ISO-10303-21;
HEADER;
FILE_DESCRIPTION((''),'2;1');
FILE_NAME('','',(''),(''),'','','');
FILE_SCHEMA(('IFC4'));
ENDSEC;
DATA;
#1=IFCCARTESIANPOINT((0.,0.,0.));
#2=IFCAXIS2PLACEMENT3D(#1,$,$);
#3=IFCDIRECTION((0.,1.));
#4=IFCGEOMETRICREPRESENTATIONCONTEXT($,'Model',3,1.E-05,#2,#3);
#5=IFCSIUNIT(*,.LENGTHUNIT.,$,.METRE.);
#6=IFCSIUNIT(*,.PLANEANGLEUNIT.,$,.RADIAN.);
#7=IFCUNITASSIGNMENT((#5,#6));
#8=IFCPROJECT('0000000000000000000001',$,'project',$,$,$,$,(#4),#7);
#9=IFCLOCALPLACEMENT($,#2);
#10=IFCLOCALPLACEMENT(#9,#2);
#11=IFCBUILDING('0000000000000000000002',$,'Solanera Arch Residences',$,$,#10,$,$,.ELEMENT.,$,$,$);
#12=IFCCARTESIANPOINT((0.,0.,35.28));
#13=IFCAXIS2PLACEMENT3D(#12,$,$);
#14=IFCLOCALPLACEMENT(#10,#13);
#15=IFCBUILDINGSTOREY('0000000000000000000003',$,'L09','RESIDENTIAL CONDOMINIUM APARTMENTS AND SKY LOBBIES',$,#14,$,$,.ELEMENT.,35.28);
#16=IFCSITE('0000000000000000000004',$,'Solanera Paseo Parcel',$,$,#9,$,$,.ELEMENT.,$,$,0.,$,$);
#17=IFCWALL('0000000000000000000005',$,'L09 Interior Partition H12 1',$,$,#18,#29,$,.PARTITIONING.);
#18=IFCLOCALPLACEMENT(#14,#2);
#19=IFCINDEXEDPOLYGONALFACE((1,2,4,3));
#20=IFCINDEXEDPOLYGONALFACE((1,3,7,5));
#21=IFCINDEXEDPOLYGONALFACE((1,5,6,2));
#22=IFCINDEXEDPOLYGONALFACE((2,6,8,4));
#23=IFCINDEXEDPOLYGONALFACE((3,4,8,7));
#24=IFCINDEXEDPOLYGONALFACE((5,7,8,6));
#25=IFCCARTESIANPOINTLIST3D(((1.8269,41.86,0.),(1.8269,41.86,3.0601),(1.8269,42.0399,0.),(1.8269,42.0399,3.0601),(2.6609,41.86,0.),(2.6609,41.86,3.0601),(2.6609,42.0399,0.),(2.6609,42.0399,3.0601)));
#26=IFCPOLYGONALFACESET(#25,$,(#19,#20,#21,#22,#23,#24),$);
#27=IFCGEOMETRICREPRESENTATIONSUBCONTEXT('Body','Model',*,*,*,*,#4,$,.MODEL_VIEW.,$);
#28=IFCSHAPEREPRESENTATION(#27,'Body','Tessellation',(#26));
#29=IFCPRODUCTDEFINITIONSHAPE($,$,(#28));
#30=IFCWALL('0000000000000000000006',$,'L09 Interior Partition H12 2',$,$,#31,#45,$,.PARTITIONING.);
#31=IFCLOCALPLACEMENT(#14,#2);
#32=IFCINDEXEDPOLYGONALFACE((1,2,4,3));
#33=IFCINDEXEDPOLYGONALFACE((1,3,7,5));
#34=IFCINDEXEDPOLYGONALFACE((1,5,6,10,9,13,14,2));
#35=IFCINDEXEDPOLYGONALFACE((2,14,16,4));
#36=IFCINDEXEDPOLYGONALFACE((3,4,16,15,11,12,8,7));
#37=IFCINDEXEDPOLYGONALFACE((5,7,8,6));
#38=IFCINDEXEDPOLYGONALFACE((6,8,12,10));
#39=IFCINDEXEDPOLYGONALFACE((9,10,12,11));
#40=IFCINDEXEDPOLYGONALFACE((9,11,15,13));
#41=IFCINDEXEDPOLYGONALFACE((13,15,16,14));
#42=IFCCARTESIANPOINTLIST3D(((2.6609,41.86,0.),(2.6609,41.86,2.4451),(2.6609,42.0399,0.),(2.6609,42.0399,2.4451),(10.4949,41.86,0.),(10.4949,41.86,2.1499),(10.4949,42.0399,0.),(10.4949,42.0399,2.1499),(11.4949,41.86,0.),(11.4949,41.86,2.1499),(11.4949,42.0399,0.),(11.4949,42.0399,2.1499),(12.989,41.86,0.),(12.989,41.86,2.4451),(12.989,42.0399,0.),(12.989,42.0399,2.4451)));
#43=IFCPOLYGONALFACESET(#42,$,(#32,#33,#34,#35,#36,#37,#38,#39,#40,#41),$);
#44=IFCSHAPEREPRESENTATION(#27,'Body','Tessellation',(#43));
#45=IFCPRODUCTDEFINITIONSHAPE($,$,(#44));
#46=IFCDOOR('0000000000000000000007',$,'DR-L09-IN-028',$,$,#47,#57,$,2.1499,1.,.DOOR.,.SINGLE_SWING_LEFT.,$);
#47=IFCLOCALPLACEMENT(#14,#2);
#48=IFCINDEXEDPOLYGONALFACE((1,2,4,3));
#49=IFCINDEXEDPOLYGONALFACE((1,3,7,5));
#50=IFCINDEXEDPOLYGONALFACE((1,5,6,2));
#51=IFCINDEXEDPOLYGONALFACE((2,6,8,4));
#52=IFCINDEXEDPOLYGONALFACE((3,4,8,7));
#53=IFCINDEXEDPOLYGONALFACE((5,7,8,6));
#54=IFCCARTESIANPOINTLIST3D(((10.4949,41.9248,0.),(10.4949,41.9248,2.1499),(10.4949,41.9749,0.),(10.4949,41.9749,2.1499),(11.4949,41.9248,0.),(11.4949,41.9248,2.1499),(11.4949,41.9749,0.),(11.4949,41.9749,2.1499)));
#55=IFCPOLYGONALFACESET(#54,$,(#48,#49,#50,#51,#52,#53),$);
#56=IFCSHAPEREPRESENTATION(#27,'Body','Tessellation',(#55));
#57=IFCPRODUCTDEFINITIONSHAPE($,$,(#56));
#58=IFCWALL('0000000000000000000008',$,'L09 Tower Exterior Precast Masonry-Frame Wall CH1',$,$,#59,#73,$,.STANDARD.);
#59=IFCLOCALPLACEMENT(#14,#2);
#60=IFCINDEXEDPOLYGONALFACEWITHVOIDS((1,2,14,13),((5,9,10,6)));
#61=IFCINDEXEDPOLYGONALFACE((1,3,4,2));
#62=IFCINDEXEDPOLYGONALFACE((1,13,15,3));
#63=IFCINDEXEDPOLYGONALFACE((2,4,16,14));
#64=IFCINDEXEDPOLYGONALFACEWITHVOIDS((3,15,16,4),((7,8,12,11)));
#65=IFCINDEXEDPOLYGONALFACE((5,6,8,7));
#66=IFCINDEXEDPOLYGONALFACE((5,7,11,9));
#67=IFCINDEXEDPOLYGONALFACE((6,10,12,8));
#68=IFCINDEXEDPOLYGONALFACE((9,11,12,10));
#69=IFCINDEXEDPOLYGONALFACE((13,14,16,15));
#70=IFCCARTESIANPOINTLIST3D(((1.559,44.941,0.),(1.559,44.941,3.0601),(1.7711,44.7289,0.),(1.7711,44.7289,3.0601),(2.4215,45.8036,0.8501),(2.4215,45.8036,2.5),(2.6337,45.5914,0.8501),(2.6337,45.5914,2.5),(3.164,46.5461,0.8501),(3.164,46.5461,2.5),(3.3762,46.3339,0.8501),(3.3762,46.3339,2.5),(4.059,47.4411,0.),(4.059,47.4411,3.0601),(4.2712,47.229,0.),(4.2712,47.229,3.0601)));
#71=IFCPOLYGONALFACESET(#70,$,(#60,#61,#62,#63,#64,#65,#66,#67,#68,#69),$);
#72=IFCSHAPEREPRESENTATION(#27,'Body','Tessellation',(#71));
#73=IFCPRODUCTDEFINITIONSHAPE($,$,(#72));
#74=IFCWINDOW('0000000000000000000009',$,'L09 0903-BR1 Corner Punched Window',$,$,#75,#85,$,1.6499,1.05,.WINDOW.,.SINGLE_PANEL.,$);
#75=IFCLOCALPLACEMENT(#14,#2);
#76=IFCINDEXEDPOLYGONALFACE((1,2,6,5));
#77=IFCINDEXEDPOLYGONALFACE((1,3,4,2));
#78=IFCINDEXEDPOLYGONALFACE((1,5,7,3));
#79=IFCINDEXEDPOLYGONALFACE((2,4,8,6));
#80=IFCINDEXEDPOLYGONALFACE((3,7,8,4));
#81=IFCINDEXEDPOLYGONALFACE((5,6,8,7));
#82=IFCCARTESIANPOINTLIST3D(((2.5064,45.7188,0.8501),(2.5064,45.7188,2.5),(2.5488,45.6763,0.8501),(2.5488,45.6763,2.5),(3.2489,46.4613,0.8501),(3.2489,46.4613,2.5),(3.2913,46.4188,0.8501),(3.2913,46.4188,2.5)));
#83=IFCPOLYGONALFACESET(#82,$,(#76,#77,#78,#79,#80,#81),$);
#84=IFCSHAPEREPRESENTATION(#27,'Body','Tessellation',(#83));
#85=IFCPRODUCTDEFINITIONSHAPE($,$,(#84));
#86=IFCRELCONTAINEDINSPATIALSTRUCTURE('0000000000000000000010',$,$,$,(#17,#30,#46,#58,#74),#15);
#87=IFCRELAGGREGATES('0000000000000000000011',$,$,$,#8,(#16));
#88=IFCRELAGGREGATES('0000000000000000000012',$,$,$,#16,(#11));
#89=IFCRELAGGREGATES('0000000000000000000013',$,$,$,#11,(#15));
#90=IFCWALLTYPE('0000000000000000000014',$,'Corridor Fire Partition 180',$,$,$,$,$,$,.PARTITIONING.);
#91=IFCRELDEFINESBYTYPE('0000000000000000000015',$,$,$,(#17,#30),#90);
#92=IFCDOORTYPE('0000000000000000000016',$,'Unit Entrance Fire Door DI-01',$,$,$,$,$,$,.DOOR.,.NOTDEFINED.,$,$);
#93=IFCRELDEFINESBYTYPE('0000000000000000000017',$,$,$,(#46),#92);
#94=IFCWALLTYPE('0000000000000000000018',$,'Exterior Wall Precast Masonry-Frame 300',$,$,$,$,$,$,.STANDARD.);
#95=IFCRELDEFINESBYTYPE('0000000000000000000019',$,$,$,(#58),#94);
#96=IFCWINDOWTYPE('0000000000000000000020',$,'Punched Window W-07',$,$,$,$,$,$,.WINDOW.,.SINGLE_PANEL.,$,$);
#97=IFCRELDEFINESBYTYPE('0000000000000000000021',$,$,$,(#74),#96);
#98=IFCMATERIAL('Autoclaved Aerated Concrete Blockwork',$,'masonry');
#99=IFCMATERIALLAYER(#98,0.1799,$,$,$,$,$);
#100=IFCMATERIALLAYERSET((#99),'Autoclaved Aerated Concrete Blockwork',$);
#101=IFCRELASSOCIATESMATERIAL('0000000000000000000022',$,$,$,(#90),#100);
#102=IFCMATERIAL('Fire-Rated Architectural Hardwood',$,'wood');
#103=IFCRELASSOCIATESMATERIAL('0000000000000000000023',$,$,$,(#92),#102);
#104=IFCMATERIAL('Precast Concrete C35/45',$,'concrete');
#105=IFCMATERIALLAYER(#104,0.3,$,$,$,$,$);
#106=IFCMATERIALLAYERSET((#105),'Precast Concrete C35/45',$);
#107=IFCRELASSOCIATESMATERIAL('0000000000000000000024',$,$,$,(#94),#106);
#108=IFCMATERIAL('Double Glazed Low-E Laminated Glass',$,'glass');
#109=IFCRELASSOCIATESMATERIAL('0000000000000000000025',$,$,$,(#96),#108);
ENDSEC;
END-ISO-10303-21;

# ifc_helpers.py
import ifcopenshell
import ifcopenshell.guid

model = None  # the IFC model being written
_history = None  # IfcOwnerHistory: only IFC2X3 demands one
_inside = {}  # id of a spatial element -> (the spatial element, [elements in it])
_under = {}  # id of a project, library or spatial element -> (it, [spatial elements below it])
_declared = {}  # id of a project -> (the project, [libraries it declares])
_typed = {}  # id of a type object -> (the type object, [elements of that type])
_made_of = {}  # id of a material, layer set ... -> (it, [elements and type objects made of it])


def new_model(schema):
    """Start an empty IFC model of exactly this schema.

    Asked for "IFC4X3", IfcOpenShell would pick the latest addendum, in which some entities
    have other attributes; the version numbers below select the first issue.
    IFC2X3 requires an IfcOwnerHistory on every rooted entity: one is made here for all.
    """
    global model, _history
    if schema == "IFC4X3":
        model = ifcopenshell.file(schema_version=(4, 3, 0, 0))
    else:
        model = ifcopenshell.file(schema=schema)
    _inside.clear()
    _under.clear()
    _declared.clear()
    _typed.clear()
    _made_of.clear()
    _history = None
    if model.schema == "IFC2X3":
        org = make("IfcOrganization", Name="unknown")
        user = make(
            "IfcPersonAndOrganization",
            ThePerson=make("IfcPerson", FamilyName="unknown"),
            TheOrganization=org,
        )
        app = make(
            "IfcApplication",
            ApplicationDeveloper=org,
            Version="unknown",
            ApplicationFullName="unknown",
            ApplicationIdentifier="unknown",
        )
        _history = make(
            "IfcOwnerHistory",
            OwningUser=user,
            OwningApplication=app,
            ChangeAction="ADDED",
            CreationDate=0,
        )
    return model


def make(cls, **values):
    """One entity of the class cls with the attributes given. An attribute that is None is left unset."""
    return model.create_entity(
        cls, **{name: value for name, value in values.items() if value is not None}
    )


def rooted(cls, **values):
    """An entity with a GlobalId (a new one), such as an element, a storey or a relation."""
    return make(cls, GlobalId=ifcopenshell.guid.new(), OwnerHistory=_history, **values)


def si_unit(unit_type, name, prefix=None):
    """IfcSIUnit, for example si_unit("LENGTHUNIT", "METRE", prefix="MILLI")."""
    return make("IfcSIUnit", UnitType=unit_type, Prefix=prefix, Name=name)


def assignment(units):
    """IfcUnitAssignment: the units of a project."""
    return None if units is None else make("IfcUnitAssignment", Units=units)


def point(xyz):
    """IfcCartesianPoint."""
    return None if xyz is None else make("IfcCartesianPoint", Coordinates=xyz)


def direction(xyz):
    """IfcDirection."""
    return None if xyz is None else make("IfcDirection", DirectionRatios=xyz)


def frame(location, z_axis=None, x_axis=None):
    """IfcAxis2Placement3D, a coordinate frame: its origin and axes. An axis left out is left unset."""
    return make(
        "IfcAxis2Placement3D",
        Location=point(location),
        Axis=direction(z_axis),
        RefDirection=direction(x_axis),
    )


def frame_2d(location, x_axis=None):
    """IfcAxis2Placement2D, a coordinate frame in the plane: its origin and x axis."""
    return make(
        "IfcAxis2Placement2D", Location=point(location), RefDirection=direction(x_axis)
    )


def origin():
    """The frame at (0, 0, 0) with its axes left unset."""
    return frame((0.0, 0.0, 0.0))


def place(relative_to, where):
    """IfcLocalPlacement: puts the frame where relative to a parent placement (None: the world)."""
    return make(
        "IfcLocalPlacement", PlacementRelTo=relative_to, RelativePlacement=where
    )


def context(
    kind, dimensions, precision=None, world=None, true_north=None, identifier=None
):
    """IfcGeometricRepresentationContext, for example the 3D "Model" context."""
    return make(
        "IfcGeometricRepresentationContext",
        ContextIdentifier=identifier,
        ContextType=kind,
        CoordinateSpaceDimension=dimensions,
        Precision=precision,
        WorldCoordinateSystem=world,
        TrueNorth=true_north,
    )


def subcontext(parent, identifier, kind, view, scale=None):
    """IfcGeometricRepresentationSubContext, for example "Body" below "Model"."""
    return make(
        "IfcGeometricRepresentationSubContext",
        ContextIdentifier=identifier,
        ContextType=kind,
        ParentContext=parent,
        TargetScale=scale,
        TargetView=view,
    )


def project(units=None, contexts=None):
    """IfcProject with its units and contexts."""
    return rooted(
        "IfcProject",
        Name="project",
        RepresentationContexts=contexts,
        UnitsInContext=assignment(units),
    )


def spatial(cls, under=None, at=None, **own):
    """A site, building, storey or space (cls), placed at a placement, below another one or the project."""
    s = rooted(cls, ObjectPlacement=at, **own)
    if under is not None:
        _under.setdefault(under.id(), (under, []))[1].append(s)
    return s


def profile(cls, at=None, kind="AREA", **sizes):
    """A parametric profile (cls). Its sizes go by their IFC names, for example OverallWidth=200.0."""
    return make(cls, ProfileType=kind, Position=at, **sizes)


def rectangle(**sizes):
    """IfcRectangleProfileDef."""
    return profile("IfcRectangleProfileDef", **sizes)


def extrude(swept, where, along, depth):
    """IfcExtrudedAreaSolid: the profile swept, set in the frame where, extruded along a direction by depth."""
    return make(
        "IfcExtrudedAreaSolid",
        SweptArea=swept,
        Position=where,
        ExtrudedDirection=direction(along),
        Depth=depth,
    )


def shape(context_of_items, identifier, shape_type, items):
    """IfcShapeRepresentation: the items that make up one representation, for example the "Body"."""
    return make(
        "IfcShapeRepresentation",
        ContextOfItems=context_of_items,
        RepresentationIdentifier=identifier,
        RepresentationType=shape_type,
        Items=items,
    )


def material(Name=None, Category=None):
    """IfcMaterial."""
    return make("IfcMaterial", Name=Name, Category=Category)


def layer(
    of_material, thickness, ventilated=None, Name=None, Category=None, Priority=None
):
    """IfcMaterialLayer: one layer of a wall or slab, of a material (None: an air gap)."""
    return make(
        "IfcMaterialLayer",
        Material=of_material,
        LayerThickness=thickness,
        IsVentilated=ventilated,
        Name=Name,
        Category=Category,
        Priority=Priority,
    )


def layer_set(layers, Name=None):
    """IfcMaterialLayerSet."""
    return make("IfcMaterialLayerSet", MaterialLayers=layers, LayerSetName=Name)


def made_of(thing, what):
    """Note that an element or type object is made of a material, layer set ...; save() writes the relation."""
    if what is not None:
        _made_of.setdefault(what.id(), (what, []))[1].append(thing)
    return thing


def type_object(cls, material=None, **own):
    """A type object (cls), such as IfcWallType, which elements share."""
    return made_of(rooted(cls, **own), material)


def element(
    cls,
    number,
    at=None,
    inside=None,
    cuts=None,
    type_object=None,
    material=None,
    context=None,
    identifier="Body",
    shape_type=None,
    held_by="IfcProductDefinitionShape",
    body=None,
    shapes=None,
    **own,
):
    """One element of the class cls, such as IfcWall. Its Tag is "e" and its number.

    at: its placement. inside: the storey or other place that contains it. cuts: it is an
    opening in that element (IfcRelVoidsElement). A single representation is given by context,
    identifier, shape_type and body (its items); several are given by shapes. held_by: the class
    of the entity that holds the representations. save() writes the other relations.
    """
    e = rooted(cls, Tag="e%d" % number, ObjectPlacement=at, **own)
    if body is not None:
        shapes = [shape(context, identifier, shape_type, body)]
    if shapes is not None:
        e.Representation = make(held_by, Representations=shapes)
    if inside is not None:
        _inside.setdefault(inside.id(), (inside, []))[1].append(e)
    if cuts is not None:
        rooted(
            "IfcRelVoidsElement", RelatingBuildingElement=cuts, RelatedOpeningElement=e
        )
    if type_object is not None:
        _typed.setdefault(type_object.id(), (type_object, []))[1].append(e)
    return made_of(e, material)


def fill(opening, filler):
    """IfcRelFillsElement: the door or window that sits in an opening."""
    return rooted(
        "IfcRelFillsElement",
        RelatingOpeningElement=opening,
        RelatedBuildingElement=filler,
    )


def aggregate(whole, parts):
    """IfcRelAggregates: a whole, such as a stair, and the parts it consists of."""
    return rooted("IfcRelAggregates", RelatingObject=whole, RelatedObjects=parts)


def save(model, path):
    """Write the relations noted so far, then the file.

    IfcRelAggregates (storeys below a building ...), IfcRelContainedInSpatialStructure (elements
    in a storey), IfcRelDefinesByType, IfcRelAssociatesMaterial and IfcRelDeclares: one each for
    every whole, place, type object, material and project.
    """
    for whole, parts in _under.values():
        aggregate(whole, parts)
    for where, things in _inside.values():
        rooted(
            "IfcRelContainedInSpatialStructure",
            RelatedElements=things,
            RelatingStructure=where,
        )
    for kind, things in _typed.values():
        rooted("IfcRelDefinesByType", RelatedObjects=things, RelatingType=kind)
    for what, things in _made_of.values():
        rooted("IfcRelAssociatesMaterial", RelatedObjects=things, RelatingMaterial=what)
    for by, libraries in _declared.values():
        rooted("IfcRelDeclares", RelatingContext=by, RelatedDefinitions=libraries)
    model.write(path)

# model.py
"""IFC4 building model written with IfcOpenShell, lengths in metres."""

from ifc_helpers import new_model, si_unit, direction, frame, frame_2d, origin, place, context, subcontext, project, spatial, rectangle, extrude, material, layer, layer_set, type_object, element, fill, save


model = new_model("IFC4")

# Units and contexts
model_context = context("Model", 3, precision=1e-05, world=origin(), true_north=direction((0.0, 1.0)))
body_context = subcontext(model_context, "Body", "Model", "MODEL_VIEW")
ifc_project = project(units=[si_unit("LENGTHUNIT", "METRE"), si_unit("PLANEANGLEUNIT", "RADIAN")], contexts=[model_context])

# Site, building, storey
site_placement = place(None, origin())
site = spatial("IfcSite", under=ifc_project, at=site_placement, Name="Solanera Paseo Parcel", CompositionType="ELEMENT", RefElevation=0.0)
building_placement = place(site_placement, origin())
building = spatial("IfcBuilding", under=site, at=building_placement, Name="Solanera Arch Residences", CompositionType="ELEMENT")
storey_placement = place(building_placement, frame((0.0, 0.0, 35.28)))
storey = spatial("IfcBuildingStorey", under=building, at=storey_placement, Name="L09", Description="RESIDENTIAL CONDOMINIUM APARTMENTS AND SKY LOBBIES", CompositionType="ELEMENT", Elevation=35.28)

# Wall
ifc_material_1 = material(Name="Autoclaved Aerated Concrete Blockwork", Category="masonry")
ifc_layer_1 = layer(ifc_material_1, 0.1799)
ifc_layer_set_1 = layer_set([ifc_layer_1], Name="Autoclaved Aerated Concrete Blockwork")
wall_type_1 = type_object("IfcWallType", Name="Corridor Fire Partition 180", PredefinedType="PARTITIONING", material=ifc_layer_set_1)
wall_1_placement = place(storey_placement, frame((1.8269, 41.95, 0.0), z_axis=(0.0, 0.0, 1.0), x_axis=(1.0, 0.0, 0.0)))
element("IfcWall", 1, at=wall_1_placement, inside=storey, type_object=wall_type_1, Name="L09 Interior Partition H12 1", PredefinedType="PARTITIONING", context=body_context, shape_type="SweptSolid", body=[
    extrude(rectangle(XDim=0.834, YDim=0.1799, at=frame_2d((0.417, 0.0))), origin(), (0.0, 0.0, 1.0), 3.0601),
])

# Wall, opening, door
wall_2_placement = place(storey_placement, frame((2.6609, 41.95, 0.0), z_axis=(0.0, 0.0, 1.0), x_axis=(1.0, 0.0, 0.0)))
wall_2 = element("IfcWall", 2, at=wall_2_placement, inside=storey, type_object=wall_type_1, Name="L09 Interior Partition H12 2", PredefinedType="PARTITIONING", context=body_context, shape_type="SweptSolid", body=[
    extrude(rectangle(XDim=10.3281, YDim=0.1799, at=frame_2d((5.1641, 0.0))), origin(), (0.0, 0.0, 1.0), 2.4451),
])
opening_1_placement = place(wall_2_placement, frame((7.834, 0.0, 0.0)))
opening_1 = element("IfcOpeningElement", 3, at=opening_1_placement, cuts=wall_2, PredefinedType="OPENING", context=body_context, shape_type="SweptSolid", body=[
    extrude(rectangle(XDim=1.0, YDim=2.1499, at=frame_2d((0.5, 1.075))), frame((0.0, 0.1001, 0.0), z_axis=(0.0, -1.0, 0.0), x_axis=(1.0, 0.0, 0.0)), (0.0, 0.0, 1.0), 0.1999),
])
ifc_material_2 = material(Name="Fire-Rated Architectural Hardwood", Category="wood")
door_type_1 = type_object("IfcDoorType", Name="Unit Entrance Fire Door DI-01", OperationType="NOTDEFINED", PredefinedType="DOOR", material=ifc_material_2)
door_1_placement = place(opening_1_placement, origin())
door_1 = element("IfcDoor", 4, at=door_1_placement, inside=storey, type_object=door_type_1, Name="DR-L09-IN-028", OperationType="SINGLE_SWING_LEFT", OverallHeight=2.1499, OverallWidth=1.0, PredefinedType="DOOR", context=body_context, shape_type="SweptSolid", body=[
    extrude(rectangle(XDim=1.0, YDim=2.1499, at=frame_2d((0.5, 1.075))), frame((0.0, 0.0249, 0.0), z_axis=(0.0, -1.0, 0.0), x_axis=(1.0, 0.0, 0.0)), (0.0, 0.0, 1.0), 0.05),
])
fill(opening_1, door_1)

# Wall, opening, window
ifc_material_3 = material(Name="Precast Concrete C35/45", Category="concrete")
ifc_layer_2 = layer(ifc_material_3, 0.3)
ifc_layer_set_2 = layer_set([ifc_layer_2], Name="Precast Concrete C35/45")
wall_type_2 = type_object("IfcWallType", Name="Exterior Wall Precast Masonry-Frame 300", PredefinedType="STANDARD", material=ifc_layer_set_2)
wall_3_placement = place(storey_placement, frame((1.665, 44.835, 0.0), z_axis=(0.0, 0.0, 1.0), x_axis=(0.707107, 0.707107, 0.0)))
wall_3 = element("IfcWall", 5, at=wall_3_placement, inside=storey, type_object=wall_type_2, Name="L09 Tower Exterior Precast Masonry-Frame Wall CH1", PredefinedType="STANDARD", context=body_context, shape_type="SweptSolid", body=[
    extrude(rectangle(XDim=3.5356, YDim=0.3, at=frame_2d((1.7678, 0.0))), origin(), (0.0, 0.0, 1.0), 3.0601),
])
opening_2_placement = place(wall_3_placement, frame((1.22, 0.0, 0.8501)))
opening_2 = element("IfcOpeningElement", 6, at=opening_2_placement, cuts=wall_3, PredefinedType="OPENING", context=body_context, shape_type="SweptSolid", body=[
    extrude(rectangle(XDim=1.05, YDim=1.6499, at=frame_2d((0.5249, 0.825))), frame((0.0, 0.1599, 0.0), z_axis=(0.0, -1.0, 0.0), x_axis=(1.0, 0.0, 0.0)), (0.0, 0.0, 1.0), 0.32),
])
ifc_material_4 = material(Name="Double Glazed Low-E Laminated Glass", Category="glass")
window_type_1 = type_object("IfcWindowType", Name="Punched Window W-07", PartitioningType="SINGLE_PANEL", PredefinedType="WINDOW", material=ifc_material_4)
window_1_placement = place(opening_2_placement, origin())
window_1 = element("IfcWindow", 7, at=window_1_placement, inside=storey, type_object=window_type_1, Name="L09 0903-BR1 Corner Punched Window", OverallHeight=1.6499, OverallWidth=1.05, PartitioningType="SINGLE_PANEL", PredefinedType="WINDOW", context=body_context, shape_type="SweptSolid", body=[
    extrude(rectangle(XDim=1.05, YDim=1.6499, at=frame_2d((0.5249, 0.825))), frame((0.0, 0.03, 0.0), z_axis=(0.0, -1.0, 0.0), x_axis=(1.0, 0.0, 0.0)), (0.0, 0.0, 1.0), 0.0601),
])
fill(opening_2, window_1)

save(model, "model.ifc")
